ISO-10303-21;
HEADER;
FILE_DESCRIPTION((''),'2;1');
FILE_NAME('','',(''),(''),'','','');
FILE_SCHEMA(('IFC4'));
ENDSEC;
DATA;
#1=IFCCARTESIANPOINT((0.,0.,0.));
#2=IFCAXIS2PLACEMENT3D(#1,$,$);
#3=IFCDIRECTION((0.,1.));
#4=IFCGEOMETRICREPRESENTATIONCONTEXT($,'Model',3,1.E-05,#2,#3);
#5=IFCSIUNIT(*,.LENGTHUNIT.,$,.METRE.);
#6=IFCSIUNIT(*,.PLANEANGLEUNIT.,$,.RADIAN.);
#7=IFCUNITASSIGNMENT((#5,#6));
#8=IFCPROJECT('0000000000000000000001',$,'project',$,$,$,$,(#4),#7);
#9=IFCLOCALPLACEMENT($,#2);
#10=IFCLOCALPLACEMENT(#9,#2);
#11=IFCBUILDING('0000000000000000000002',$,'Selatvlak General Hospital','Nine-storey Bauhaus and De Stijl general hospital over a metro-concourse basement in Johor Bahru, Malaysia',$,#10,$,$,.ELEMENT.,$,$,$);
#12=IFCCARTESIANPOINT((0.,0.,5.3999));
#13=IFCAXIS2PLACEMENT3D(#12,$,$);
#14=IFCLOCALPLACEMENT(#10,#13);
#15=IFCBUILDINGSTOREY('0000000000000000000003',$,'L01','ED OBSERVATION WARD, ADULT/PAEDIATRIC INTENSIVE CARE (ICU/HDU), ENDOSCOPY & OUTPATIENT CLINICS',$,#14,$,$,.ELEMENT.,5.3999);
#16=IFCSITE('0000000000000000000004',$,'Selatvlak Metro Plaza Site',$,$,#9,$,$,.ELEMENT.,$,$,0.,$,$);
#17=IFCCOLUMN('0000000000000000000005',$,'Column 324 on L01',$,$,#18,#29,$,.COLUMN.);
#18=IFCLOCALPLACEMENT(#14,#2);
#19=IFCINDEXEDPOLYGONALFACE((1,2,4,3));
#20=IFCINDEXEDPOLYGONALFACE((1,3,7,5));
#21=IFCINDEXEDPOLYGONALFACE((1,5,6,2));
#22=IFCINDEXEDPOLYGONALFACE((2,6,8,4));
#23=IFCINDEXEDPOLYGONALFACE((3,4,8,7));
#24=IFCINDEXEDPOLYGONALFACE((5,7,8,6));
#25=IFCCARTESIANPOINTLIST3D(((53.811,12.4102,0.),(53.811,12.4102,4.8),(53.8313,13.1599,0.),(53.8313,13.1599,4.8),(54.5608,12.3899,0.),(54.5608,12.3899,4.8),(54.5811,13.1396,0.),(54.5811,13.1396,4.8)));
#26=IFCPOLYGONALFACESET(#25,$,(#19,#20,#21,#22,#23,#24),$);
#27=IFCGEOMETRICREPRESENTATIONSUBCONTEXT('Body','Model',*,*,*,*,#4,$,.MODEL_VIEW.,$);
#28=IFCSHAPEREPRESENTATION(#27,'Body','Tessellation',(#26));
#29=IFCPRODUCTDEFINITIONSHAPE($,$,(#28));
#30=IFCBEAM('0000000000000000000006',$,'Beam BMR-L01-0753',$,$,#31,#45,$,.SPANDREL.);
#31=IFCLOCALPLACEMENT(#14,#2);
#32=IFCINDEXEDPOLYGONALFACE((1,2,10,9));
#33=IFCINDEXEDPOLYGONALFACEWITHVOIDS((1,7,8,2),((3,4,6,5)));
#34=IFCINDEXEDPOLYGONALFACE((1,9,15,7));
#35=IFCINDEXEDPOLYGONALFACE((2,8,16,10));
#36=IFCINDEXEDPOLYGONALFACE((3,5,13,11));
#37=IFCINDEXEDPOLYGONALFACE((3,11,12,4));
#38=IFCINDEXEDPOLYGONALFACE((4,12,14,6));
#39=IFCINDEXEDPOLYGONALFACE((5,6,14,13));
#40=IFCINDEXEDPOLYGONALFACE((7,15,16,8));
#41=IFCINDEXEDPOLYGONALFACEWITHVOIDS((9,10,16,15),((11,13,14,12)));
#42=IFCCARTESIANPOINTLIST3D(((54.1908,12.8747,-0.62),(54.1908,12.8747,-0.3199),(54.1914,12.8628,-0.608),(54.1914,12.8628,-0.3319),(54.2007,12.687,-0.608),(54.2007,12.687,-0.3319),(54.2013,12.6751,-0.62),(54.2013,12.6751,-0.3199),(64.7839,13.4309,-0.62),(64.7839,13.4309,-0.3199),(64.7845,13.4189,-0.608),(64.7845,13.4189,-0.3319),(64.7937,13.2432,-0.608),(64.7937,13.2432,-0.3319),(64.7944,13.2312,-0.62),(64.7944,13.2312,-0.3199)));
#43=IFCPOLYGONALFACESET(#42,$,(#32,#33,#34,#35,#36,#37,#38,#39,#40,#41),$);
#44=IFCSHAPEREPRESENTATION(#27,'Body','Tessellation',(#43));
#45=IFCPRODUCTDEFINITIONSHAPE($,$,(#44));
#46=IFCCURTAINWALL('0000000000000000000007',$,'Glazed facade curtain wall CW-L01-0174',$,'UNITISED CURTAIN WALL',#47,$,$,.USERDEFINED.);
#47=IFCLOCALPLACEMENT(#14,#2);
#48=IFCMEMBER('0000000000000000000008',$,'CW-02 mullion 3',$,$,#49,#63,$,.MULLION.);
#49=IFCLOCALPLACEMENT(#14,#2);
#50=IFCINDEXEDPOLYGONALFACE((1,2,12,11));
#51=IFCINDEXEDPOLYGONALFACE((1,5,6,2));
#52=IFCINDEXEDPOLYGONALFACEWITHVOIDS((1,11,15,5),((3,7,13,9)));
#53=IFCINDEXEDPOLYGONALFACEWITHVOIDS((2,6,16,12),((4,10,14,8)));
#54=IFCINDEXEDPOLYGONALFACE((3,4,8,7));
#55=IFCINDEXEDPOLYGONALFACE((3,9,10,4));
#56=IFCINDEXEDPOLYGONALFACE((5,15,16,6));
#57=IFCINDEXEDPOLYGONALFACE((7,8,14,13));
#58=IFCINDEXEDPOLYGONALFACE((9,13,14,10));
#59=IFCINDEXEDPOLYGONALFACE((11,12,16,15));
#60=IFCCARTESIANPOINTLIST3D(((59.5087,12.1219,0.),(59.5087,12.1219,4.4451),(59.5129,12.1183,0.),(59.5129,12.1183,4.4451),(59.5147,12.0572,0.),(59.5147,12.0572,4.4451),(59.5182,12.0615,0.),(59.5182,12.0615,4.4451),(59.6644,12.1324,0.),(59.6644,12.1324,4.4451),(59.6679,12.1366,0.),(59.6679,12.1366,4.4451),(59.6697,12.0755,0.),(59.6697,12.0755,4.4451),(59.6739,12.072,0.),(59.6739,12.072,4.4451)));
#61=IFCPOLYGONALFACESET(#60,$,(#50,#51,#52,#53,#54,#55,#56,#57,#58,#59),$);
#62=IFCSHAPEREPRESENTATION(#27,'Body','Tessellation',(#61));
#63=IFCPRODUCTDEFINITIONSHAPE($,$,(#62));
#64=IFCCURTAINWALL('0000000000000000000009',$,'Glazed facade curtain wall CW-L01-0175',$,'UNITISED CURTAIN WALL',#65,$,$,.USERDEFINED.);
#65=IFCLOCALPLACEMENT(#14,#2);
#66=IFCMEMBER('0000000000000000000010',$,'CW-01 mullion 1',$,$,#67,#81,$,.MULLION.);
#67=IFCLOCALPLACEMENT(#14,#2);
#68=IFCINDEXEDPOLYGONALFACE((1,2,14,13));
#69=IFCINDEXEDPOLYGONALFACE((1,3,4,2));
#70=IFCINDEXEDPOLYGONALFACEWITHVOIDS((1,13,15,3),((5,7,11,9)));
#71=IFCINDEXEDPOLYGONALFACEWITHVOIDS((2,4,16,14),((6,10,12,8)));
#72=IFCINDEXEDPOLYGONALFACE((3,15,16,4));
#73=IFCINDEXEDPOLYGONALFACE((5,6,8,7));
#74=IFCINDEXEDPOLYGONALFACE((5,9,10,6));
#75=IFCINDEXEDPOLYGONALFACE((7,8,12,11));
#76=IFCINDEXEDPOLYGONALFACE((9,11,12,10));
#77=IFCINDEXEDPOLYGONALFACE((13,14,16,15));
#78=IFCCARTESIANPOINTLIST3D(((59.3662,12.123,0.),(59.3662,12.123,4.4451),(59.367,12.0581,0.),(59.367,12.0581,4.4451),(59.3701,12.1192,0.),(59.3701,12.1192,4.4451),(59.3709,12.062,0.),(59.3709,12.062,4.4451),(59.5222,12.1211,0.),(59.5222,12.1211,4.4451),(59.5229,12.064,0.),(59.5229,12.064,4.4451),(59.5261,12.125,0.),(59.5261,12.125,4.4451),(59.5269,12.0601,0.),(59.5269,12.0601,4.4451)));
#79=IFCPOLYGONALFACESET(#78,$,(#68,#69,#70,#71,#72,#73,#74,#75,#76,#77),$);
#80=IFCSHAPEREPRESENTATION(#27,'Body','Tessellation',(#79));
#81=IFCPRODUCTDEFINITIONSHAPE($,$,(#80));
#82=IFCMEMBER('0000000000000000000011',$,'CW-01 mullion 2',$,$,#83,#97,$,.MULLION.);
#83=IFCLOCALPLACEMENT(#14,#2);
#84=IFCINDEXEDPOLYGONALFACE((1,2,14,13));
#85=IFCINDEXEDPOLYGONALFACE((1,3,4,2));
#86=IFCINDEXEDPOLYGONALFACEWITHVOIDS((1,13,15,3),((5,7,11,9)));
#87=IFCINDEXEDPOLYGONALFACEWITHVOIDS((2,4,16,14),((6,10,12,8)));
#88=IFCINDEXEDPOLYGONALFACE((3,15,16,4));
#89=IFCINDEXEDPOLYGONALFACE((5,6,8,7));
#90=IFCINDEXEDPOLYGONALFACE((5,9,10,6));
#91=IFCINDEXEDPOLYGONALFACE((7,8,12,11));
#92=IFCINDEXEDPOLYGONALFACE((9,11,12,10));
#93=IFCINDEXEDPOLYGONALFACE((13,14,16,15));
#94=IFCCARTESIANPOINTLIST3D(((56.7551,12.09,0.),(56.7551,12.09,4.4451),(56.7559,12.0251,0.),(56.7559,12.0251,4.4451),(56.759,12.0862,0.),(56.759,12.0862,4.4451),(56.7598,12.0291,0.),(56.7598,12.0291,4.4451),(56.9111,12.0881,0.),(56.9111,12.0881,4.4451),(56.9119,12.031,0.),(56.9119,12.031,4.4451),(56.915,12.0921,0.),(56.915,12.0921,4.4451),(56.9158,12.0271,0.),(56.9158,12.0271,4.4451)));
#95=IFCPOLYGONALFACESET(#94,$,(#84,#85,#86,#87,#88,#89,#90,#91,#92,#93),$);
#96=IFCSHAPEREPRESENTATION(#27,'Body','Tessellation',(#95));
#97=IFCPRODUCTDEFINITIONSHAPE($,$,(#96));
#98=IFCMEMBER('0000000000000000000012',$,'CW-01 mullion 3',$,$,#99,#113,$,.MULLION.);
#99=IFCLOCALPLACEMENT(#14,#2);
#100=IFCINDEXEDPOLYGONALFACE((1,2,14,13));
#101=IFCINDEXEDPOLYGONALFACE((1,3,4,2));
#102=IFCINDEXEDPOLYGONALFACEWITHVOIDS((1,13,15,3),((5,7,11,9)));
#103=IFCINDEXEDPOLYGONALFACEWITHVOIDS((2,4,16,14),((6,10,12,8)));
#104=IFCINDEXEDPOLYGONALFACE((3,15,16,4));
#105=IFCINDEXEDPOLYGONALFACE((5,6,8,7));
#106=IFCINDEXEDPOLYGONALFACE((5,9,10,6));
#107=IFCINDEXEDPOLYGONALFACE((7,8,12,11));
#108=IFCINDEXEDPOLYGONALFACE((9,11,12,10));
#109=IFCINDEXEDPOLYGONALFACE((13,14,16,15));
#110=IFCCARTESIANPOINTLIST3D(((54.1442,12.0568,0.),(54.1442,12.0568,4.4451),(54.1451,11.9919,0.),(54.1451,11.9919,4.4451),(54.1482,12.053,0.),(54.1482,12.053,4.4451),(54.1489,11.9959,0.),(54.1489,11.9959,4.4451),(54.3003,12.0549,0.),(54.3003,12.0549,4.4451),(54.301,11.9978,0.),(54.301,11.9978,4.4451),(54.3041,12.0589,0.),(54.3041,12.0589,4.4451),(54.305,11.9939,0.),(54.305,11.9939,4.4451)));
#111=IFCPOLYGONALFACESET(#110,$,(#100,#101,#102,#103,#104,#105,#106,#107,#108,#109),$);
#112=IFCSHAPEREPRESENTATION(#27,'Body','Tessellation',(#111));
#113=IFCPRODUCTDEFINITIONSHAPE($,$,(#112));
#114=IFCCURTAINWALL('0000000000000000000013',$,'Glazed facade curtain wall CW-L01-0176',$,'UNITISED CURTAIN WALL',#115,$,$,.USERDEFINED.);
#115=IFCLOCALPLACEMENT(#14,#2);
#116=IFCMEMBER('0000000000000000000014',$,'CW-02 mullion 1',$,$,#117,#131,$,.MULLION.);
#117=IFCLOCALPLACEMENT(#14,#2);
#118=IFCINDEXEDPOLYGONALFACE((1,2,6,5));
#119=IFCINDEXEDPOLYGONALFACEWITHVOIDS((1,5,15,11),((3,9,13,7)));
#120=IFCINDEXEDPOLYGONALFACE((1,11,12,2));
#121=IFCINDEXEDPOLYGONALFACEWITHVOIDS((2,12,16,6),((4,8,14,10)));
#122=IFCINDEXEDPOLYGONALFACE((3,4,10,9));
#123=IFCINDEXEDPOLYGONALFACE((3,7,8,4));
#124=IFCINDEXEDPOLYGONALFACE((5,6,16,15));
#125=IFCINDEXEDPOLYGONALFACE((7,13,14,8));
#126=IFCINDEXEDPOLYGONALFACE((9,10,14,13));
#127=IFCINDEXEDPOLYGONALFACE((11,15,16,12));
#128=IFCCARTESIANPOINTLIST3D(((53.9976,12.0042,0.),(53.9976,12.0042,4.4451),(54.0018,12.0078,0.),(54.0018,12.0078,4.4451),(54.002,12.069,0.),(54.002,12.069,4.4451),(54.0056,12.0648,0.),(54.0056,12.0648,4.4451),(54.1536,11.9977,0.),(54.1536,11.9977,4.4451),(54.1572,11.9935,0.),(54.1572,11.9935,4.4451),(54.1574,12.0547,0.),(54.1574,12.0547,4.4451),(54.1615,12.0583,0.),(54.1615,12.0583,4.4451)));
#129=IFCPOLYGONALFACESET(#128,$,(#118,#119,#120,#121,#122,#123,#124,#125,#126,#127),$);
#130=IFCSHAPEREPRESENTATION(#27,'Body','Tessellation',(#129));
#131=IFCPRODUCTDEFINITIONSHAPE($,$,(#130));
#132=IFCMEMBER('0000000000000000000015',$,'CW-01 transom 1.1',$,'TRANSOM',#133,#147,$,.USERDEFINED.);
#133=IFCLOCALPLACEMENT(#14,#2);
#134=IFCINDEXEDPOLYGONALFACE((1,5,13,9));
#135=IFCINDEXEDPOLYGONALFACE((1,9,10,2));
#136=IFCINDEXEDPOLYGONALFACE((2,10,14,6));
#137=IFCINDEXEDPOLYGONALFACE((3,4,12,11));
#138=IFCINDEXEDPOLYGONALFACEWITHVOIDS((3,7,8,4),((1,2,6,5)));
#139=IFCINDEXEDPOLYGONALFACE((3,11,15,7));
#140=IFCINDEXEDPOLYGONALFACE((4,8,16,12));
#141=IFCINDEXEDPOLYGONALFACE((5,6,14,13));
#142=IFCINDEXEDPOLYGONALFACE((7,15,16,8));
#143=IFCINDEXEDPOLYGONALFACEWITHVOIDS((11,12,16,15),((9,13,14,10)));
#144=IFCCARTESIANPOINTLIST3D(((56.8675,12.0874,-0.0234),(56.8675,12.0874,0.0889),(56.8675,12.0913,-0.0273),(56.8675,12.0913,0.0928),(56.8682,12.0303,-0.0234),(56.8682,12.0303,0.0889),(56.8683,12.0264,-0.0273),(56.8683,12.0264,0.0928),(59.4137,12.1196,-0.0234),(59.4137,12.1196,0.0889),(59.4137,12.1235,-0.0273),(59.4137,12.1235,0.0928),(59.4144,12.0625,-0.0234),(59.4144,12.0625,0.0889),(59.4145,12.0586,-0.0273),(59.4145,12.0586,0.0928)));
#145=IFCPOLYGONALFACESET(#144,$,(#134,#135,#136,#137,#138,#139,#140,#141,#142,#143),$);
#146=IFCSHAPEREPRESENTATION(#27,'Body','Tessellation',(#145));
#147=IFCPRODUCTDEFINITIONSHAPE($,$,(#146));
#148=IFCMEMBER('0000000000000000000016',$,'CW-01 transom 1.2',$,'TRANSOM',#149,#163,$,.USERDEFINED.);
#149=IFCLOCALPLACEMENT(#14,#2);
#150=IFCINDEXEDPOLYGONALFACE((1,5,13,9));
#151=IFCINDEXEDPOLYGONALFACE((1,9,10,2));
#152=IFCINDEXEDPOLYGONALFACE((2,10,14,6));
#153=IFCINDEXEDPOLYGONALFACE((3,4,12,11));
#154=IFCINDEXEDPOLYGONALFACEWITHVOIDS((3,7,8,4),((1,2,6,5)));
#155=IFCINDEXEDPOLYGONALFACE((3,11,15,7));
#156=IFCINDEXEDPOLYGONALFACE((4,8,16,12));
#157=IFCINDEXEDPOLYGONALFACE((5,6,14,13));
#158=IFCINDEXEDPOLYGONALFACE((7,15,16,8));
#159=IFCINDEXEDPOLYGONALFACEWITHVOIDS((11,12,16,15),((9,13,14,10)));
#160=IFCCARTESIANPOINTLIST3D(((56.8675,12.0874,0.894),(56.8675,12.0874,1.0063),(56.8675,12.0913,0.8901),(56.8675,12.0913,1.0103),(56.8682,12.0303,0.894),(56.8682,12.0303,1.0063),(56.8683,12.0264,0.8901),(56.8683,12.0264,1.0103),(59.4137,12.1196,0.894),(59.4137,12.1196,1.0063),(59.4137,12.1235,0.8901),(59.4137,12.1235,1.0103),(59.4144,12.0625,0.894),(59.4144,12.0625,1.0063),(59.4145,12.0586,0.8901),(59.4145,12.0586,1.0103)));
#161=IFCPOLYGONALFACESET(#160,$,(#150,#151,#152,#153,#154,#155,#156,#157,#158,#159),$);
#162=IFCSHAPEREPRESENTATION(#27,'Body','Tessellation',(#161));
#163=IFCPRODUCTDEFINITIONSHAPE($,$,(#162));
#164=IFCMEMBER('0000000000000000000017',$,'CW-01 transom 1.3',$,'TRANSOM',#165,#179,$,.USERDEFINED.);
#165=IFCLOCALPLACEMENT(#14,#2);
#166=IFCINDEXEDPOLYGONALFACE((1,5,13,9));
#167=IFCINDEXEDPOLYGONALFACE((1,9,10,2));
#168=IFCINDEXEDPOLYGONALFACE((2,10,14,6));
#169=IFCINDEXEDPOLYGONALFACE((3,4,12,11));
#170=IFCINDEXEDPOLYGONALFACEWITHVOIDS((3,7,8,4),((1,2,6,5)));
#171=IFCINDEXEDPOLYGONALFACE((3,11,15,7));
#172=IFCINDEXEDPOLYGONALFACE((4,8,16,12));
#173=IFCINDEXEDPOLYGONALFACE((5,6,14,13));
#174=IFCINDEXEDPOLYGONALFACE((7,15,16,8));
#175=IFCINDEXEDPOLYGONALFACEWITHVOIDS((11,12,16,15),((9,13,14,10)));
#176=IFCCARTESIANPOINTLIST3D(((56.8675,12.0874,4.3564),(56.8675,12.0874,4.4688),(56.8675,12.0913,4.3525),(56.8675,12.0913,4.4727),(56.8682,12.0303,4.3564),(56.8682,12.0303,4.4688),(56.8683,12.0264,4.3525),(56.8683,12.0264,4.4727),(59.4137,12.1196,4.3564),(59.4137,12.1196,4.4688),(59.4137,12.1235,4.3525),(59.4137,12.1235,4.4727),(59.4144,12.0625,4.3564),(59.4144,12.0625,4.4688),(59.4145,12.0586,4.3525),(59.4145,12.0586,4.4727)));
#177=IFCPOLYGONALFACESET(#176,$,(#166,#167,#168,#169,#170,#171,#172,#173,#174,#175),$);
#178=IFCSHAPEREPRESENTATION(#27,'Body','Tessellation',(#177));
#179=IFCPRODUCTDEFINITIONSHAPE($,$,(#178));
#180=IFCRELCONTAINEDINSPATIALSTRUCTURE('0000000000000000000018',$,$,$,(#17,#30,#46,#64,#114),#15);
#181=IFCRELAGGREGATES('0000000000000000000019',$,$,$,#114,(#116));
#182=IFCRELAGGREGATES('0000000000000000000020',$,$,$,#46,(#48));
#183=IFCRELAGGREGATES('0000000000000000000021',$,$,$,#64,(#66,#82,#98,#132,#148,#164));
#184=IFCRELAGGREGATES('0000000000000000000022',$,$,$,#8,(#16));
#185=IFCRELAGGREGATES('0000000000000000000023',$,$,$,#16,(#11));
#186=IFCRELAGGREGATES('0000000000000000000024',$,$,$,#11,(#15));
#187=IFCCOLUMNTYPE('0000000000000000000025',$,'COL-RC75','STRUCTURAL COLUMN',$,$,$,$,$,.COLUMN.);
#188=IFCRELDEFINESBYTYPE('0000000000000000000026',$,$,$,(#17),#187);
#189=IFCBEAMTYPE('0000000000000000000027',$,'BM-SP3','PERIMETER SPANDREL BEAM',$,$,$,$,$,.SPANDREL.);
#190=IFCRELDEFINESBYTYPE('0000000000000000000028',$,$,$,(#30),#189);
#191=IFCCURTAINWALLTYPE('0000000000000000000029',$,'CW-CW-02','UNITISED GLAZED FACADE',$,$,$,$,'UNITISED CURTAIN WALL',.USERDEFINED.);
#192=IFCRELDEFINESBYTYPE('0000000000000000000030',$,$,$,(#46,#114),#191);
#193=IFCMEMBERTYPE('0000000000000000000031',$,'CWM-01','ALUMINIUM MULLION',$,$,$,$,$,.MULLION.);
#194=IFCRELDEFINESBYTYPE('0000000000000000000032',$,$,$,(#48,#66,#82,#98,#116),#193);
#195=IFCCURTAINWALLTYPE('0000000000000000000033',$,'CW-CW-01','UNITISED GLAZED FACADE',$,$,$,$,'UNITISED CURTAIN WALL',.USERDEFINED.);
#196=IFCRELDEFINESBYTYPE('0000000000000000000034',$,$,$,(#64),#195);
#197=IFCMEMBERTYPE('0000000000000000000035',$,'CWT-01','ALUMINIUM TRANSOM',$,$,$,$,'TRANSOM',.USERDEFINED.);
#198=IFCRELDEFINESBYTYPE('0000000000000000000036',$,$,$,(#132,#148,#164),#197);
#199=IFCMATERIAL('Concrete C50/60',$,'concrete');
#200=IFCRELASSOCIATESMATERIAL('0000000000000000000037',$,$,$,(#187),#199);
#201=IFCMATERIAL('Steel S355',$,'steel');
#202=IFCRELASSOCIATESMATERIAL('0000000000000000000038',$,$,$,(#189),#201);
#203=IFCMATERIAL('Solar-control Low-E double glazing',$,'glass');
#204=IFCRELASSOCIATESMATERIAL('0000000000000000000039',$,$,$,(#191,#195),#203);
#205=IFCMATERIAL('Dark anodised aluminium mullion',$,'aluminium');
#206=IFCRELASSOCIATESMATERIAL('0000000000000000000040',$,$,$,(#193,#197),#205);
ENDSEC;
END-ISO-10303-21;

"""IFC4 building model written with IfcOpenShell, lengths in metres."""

from ifc_helpers import new_model, si_unit, direction, frame, origin, origin_2d, place, context, subcontext, project, spatial, rectangle, hollow_rectangle, extrude, material, material_profile, profile_set, type_object, element, aggregate, save


model = new_model("IFC4")

# Units and contexts
model_context = context("Model", 3, precision=1e-05, world=origin(), true_north=direction((0.0, 1.0)))
body_context = subcontext(model_context, "Body", "Model", "MODEL_VIEW")
ifc_project = project(units=[si_unit("LENGTHUNIT", "METRE"), si_unit("PLANEANGLEUNIT", "RADIAN")], contexts=[model_context])

# Site, building, storey
site_placement = place(None, origin())
site = spatial("IfcSite", under=ifc_project, at=site_placement, Name="Selatvlak Metro Plaza Site", CompositionType="ELEMENT", RefElevation=0.0)
building_placement = place(site_placement, origin())
building = spatial("IfcBuilding", under=site, at=building_placement, Name="Selatvlak General Hospital", Description="Nine-storey Bauhaus and De Stijl general hospital over a metro-concourse basement in Johor Bahru, Malaysia", CompositionType="ELEMENT")
storey_placement = place(building_placement, frame((0.0, 0.0, 5.3999)))
storey = spatial("IfcBuildingStorey", under=building, at=storey_placement, Name="L01", Description="ED OBSERVATION WARD, ADULT/PAEDIATRIC INTENSIVE CARE (ICU/HDU), ENDOSCOPY & OUTPATIENT CLINICS", CompositionType="ELEMENT", Elevation=5.3999)

# Column
ifc_material_1 = material(Name="Concrete C50/60", Category="concrete")
ifc_material_profile_1 = material_profile(ifc_material_1, rectangle(XDim=0.75, YDim=0.75, at=origin_2d()), Name="RC-COL 750x750")
ifc_profile_set_1 = profile_set([ifc_material_profile_1], Name="Concrete C50/60")
column_type = type_object("IfcColumnType", Name="COL-RC75", Description="STRUCTURAL COLUMN", PredefinedType="COLUMN", material=ifc_profile_set_1)
column_placement = place(storey_placement, frame((54.196, 12.7749, 0.0), z_axis=(0.0, 0.0, 1.0), x_axis=(0.027067, 0.999634, 0.0)))
element("IfcColumn", 1, at=column_placement, inside=storey, type_object=column_type, Name="Column 324 on L01", PredefinedType="COLUMN", context=body_context, shape_type="SweptSolid", body=[
    extrude(rectangle(XDim=0.75, YDim=0.75, at=origin_2d()), origin(), (0.0, 0.0, 1.0), 4.8),
])

# Beam
ifc_material_2 = material(Name="Steel S355", Category="steel")
ifc_material_profile_2 = material_profile(ifc_material_2, hollow_rectangle(XDim=0.2, YDim=0.3, WallThickness=0.012, at=origin_2d()), Name="RHS 300x200x12")
ifc_profile_set_2 = profile_set([ifc_material_profile_2], Name="Steel S355")
beam_type = type_object("IfcBeamType", Name="BM-SP3", Description="PERIMETER SPANDREL BEAM", PredefinedType="SPANDREL", material=ifc_profile_set_2)
beam_placement = place(storey_placement, frame((54.196, 12.7749, -0.47), z_axis=(0.998625, 0.05243, 0.0), x_axis=(-0.05243, 0.998625, 0.0)))
element("IfcBeam", 2, at=beam_placement, inside=storey, type_object=beam_type, Name="Beam BMR-L01-0753", PredefinedType="SPANDREL", context=body_context, shape_type="SweptSolid", body=[
    extrude(hollow_rectangle(XDim=0.2, YDim=0.3, WallThickness=0.012, at=origin_2d()), origin(), (0.0, 0.0, 1.0), 10.6077),
])

# Curtain wall, member
ifc_material_3 = material(Name="Solar-control Low-E double glazing", Category="glass")
curtain_wall_type_1 = type_object("IfcCurtainWallType", Name="CW-CW-02", Description="UNITISED GLAZED FACADE", ElementType="UNITISED CURTAIN WALL", PredefinedType="USERDEFINED", material=ifc_material_3)
curtain_wall_1_placement = place(storey_placement, origin())
curtain_wall_1 = element("IfcCurtainWall", 3, at=curtain_wall_1_placement, inside=storey, type_object=curtain_wall_type_1, Name="Glazed facade curtain wall CW-L01-0174", ObjectType="UNITISED CURTAIN WALL", PredefinedType="USERDEFINED")
ifc_material_4 = material(Name="Dark anodised aluminium mullion", Category="aluminium")
ifc_material_profile_3 = material_profile(ifc_material_4, hollow_rectangle(XDim=0.0649, YDim=0.1599, WallThickness=0.0039, at=origin_2d()), Name="AL-MUL 65x160x4")
ifc_profile_set_3 = profile_set([ifc_material_profile_3], Name="Dark anodised aluminium mullion")
member_type_1 = type_object("IfcMemberType", Name="CWM-01", Description="ALUMINIUM MULLION", PredefinedType="MULLION", material=ifc_profile_set_3)
member_1_placement = place(storey_placement, frame((59.5913, 12.0969, 0.0), z_axis=(0.0, 0.0, 1.0), x_axis=(0.092292, -0.995732, 0.0)))
member_1 = element("IfcMember", 4, at=member_1_placement, type_object=member_type_1, Name="CW-02 mullion 3", PredefinedType="MULLION", context=body_context, shape_type="SweptSolid", body=[
    extrude(hollow_rectangle(XDim=0.0649, YDim=0.1599, WallThickness=0.0039, at=origin_2d()), origin(), (0.0, 0.0, 1.0), 4.4451),
])

# Curtain wall, members
curtain_wall_type_2 = type_object("IfcCurtainWallType", Name="CW-CW-01", Description="UNITISED GLAZED FACADE", ElementType="UNITISED CURTAIN WALL", PredefinedType="USERDEFINED", material=ifc_material_3)
curtain_wall_2_placement = place(storey_placement, origin())
curtain_wall_2 = element("IfcCurtainWall", 5, at=curtain_wall_2_placement, inside=storey, type_object=curtain_wall_type_2, Name="Glazed facade curtain wall CW-L01-0175", ObjectType="UNITISED CURTAIN WALL", PredefinedType="USERDEFINED")
member_2_placement = place(storey_placement, frame((59.4465, 12.0916, 0.0), z_axis=(0.0, 0.0, 1.0), x_axis=(0.012672, -0.99992, 0.0)))
member_2 = element("IfcMember", 6, at=member_2_placement, type_object=member_type_1, Name="CW-01 mullion 1", PredefinedType="MULLION", context=body_context, shape_type="SweptSolid", body=[
    extrude(hollow_rectangle(XDim=0.0649, YDim=0.1599, WallThickness=0.0039, at=origin_2d()), origin(), (0.0, 0.0, 1.0), 4.4451),
])
member_3_placement = place(storey_placement, frame((56.8354, 12.0586, 0.0), z_axis=(0.0, 0.0, 1.0), x_axis=(0.012672, -0.99992, 0.0)))
member_3 = element("IfcMember", 7, at=member_3_placement, type_object=member_type_1, Name="CW-01 mullion 2", PredefinedType="MULLION", context=body_context, shape_type="SweptSolid", body=[
    extrude(hollow_rectangle(XDim=0.0649, YDim=0.1599, WallThickness=0.0039, at=origin_2d()), origin(), (0.0, 0.0, 1.0), 4.4451),
])
member_4_placement = place(storey_placement, frame((54.2246, 12.0254, 0.0), z_axis=(0.0, 0.0, 1.0), x_axis=(0.012672, -0.99992, 0.0)))
member_4 = element("IfcMember", 8, at=member_4_placement, type_object=member_type_1, Name="CW-01 mullion 3", PredefinedType="MULLION", context=body_context, shape_type="SweptSolid", body=[
    extrude(hollow_rectangle(XDim=0.0649, YDim=0.1599, WallThickness=0.0039, at=origin_2d()), origin(), (0.0, 0.0, 1.0), 4.4451),
])

# Curtain wall, member
curtain_wall_3_placement = place(storey_placement, origin())
curtain_wall_3 = element("IfcCurtainWall", 9, at=curtain_wall_3_placement, inside=storey, type_object=curtain_wall_type_1, Name="Glazed facade curtain wall CW-L01-0176", ObjectType="UNITISED CURTAIN WALL", PredefinedType="USERDEFINED")
member_5_placement = place(storey_placement, frame((54.0796, 12.0312, 0.0), z_axis=(0.0, 0.0, 1.0), x_axis=(-0.066783, -0.997768, 0.0)))
member_5 = element("IfcMember", 10, at=member_5_placement, type_object=member_type_1, Name="CW-02 mullion 1", PredefinedType="MULLION", context=body_context, shape_type="SweptSolid", body=[
    extrude(hollow_rectangle(XDim=0.0649, YDim=0.1599, WallThickness=0.0039, at=origin_2d()), origin(), (0.0, 0.0, 1.0), 4.4451),
])

# Members
ifc_material_profile_4 = material_profile(ifc_material_4, hollow_rectangle(XDim=0.0649, YDim=0.1201, WallThickness=0.0039, at=origin_2d()), Name="AL-TRN 65x120x4")
ifc_profile_set_4 = profile_set([ifc_material_profile_4], Name="Dark anodised aluminium mullion")
member_type_2 = type_object("IfcMemberType", Name="CWT-01", Description="ALUMINIUM TRANSOM", ElementType="TRANSOM", PredefinedType="USERDEFINED", material=ifc_profile_set_4)
member_6_placement = place(storey_placement, frame((59.4141, 12.0911, 0.0327), z_axis=(-0.99992, -0.012656, 0.0), x_axis=(0.012656, -0.99992, 0.0)))
member_6 = element("IfcMember", 11, at=member_6_placement, type_object=member_type_2, Name="CW-01 transom 1.1", ObjectType="TRANSOM", PredefinedType="USERDEFINED", context=body_context, shape_type="SweptSolid", body=[
    extrude(hollow_rectangle(XDim=0.0649, YDim=0.1201, WallThickness=0.0039, at=origin_2d()), origin(), (0.0, 0.0, 1.0), 2.5464),
])
member_7_placement = place(storey_placement, frame((59.4141, 12.0911, 0.9502), z_axis=(-0.99992, -0.012656, 0.0), x_axis=(0.012656, -0.99992, 0.0)))
member_7 = element("IfcMember", 12, at=member_7_placement, type_object=member_type_2, Name="CW-01 transom 1.2", ObjectType="TRANSOM", PredefinedType="USERDEFINED", context=body_context, shape_type="SweptSolid", body=[
    extrude(hollow_rectangle(XDim=0.0649, YDim=0.1201, WallThickness=0.0039, at=origin_2d()), origin(), (0.0, 0.0, 1.0), 2.5464),
])
member_8_placement = place(storey_placement, frame((59.4141, 12.0911, 4.4126), z_axis=(-0.99992, -0.012656, 0.0), x_axis=(0.012656, -0.99992, 0.0)))
member_8 = element("IfcMember", 13, at=member_8_placement, type_object=member_type_2, Name="CW-01 transom 1.3", ObjectType="TRANSOM", PredefinedType="USERDEFINED", context=body_context, shape_type="SweptSolid", body=[
    extrude(hollow_rectangle(XDim=0.0649, YDim=0.1201, WallThickness=0.0039, at=origin_2d()), origin(), (0.0, 0.0, 1.0), 2.5464),
])
aggregate(curtain_wall_3, [member_5])

aggregate(curtain_wall_1, [member_1])
aggregate(curtain_wall_2, [member_2, member_3, member_4, member_6, member_7, member_8])

save(model, "model.ifc")
